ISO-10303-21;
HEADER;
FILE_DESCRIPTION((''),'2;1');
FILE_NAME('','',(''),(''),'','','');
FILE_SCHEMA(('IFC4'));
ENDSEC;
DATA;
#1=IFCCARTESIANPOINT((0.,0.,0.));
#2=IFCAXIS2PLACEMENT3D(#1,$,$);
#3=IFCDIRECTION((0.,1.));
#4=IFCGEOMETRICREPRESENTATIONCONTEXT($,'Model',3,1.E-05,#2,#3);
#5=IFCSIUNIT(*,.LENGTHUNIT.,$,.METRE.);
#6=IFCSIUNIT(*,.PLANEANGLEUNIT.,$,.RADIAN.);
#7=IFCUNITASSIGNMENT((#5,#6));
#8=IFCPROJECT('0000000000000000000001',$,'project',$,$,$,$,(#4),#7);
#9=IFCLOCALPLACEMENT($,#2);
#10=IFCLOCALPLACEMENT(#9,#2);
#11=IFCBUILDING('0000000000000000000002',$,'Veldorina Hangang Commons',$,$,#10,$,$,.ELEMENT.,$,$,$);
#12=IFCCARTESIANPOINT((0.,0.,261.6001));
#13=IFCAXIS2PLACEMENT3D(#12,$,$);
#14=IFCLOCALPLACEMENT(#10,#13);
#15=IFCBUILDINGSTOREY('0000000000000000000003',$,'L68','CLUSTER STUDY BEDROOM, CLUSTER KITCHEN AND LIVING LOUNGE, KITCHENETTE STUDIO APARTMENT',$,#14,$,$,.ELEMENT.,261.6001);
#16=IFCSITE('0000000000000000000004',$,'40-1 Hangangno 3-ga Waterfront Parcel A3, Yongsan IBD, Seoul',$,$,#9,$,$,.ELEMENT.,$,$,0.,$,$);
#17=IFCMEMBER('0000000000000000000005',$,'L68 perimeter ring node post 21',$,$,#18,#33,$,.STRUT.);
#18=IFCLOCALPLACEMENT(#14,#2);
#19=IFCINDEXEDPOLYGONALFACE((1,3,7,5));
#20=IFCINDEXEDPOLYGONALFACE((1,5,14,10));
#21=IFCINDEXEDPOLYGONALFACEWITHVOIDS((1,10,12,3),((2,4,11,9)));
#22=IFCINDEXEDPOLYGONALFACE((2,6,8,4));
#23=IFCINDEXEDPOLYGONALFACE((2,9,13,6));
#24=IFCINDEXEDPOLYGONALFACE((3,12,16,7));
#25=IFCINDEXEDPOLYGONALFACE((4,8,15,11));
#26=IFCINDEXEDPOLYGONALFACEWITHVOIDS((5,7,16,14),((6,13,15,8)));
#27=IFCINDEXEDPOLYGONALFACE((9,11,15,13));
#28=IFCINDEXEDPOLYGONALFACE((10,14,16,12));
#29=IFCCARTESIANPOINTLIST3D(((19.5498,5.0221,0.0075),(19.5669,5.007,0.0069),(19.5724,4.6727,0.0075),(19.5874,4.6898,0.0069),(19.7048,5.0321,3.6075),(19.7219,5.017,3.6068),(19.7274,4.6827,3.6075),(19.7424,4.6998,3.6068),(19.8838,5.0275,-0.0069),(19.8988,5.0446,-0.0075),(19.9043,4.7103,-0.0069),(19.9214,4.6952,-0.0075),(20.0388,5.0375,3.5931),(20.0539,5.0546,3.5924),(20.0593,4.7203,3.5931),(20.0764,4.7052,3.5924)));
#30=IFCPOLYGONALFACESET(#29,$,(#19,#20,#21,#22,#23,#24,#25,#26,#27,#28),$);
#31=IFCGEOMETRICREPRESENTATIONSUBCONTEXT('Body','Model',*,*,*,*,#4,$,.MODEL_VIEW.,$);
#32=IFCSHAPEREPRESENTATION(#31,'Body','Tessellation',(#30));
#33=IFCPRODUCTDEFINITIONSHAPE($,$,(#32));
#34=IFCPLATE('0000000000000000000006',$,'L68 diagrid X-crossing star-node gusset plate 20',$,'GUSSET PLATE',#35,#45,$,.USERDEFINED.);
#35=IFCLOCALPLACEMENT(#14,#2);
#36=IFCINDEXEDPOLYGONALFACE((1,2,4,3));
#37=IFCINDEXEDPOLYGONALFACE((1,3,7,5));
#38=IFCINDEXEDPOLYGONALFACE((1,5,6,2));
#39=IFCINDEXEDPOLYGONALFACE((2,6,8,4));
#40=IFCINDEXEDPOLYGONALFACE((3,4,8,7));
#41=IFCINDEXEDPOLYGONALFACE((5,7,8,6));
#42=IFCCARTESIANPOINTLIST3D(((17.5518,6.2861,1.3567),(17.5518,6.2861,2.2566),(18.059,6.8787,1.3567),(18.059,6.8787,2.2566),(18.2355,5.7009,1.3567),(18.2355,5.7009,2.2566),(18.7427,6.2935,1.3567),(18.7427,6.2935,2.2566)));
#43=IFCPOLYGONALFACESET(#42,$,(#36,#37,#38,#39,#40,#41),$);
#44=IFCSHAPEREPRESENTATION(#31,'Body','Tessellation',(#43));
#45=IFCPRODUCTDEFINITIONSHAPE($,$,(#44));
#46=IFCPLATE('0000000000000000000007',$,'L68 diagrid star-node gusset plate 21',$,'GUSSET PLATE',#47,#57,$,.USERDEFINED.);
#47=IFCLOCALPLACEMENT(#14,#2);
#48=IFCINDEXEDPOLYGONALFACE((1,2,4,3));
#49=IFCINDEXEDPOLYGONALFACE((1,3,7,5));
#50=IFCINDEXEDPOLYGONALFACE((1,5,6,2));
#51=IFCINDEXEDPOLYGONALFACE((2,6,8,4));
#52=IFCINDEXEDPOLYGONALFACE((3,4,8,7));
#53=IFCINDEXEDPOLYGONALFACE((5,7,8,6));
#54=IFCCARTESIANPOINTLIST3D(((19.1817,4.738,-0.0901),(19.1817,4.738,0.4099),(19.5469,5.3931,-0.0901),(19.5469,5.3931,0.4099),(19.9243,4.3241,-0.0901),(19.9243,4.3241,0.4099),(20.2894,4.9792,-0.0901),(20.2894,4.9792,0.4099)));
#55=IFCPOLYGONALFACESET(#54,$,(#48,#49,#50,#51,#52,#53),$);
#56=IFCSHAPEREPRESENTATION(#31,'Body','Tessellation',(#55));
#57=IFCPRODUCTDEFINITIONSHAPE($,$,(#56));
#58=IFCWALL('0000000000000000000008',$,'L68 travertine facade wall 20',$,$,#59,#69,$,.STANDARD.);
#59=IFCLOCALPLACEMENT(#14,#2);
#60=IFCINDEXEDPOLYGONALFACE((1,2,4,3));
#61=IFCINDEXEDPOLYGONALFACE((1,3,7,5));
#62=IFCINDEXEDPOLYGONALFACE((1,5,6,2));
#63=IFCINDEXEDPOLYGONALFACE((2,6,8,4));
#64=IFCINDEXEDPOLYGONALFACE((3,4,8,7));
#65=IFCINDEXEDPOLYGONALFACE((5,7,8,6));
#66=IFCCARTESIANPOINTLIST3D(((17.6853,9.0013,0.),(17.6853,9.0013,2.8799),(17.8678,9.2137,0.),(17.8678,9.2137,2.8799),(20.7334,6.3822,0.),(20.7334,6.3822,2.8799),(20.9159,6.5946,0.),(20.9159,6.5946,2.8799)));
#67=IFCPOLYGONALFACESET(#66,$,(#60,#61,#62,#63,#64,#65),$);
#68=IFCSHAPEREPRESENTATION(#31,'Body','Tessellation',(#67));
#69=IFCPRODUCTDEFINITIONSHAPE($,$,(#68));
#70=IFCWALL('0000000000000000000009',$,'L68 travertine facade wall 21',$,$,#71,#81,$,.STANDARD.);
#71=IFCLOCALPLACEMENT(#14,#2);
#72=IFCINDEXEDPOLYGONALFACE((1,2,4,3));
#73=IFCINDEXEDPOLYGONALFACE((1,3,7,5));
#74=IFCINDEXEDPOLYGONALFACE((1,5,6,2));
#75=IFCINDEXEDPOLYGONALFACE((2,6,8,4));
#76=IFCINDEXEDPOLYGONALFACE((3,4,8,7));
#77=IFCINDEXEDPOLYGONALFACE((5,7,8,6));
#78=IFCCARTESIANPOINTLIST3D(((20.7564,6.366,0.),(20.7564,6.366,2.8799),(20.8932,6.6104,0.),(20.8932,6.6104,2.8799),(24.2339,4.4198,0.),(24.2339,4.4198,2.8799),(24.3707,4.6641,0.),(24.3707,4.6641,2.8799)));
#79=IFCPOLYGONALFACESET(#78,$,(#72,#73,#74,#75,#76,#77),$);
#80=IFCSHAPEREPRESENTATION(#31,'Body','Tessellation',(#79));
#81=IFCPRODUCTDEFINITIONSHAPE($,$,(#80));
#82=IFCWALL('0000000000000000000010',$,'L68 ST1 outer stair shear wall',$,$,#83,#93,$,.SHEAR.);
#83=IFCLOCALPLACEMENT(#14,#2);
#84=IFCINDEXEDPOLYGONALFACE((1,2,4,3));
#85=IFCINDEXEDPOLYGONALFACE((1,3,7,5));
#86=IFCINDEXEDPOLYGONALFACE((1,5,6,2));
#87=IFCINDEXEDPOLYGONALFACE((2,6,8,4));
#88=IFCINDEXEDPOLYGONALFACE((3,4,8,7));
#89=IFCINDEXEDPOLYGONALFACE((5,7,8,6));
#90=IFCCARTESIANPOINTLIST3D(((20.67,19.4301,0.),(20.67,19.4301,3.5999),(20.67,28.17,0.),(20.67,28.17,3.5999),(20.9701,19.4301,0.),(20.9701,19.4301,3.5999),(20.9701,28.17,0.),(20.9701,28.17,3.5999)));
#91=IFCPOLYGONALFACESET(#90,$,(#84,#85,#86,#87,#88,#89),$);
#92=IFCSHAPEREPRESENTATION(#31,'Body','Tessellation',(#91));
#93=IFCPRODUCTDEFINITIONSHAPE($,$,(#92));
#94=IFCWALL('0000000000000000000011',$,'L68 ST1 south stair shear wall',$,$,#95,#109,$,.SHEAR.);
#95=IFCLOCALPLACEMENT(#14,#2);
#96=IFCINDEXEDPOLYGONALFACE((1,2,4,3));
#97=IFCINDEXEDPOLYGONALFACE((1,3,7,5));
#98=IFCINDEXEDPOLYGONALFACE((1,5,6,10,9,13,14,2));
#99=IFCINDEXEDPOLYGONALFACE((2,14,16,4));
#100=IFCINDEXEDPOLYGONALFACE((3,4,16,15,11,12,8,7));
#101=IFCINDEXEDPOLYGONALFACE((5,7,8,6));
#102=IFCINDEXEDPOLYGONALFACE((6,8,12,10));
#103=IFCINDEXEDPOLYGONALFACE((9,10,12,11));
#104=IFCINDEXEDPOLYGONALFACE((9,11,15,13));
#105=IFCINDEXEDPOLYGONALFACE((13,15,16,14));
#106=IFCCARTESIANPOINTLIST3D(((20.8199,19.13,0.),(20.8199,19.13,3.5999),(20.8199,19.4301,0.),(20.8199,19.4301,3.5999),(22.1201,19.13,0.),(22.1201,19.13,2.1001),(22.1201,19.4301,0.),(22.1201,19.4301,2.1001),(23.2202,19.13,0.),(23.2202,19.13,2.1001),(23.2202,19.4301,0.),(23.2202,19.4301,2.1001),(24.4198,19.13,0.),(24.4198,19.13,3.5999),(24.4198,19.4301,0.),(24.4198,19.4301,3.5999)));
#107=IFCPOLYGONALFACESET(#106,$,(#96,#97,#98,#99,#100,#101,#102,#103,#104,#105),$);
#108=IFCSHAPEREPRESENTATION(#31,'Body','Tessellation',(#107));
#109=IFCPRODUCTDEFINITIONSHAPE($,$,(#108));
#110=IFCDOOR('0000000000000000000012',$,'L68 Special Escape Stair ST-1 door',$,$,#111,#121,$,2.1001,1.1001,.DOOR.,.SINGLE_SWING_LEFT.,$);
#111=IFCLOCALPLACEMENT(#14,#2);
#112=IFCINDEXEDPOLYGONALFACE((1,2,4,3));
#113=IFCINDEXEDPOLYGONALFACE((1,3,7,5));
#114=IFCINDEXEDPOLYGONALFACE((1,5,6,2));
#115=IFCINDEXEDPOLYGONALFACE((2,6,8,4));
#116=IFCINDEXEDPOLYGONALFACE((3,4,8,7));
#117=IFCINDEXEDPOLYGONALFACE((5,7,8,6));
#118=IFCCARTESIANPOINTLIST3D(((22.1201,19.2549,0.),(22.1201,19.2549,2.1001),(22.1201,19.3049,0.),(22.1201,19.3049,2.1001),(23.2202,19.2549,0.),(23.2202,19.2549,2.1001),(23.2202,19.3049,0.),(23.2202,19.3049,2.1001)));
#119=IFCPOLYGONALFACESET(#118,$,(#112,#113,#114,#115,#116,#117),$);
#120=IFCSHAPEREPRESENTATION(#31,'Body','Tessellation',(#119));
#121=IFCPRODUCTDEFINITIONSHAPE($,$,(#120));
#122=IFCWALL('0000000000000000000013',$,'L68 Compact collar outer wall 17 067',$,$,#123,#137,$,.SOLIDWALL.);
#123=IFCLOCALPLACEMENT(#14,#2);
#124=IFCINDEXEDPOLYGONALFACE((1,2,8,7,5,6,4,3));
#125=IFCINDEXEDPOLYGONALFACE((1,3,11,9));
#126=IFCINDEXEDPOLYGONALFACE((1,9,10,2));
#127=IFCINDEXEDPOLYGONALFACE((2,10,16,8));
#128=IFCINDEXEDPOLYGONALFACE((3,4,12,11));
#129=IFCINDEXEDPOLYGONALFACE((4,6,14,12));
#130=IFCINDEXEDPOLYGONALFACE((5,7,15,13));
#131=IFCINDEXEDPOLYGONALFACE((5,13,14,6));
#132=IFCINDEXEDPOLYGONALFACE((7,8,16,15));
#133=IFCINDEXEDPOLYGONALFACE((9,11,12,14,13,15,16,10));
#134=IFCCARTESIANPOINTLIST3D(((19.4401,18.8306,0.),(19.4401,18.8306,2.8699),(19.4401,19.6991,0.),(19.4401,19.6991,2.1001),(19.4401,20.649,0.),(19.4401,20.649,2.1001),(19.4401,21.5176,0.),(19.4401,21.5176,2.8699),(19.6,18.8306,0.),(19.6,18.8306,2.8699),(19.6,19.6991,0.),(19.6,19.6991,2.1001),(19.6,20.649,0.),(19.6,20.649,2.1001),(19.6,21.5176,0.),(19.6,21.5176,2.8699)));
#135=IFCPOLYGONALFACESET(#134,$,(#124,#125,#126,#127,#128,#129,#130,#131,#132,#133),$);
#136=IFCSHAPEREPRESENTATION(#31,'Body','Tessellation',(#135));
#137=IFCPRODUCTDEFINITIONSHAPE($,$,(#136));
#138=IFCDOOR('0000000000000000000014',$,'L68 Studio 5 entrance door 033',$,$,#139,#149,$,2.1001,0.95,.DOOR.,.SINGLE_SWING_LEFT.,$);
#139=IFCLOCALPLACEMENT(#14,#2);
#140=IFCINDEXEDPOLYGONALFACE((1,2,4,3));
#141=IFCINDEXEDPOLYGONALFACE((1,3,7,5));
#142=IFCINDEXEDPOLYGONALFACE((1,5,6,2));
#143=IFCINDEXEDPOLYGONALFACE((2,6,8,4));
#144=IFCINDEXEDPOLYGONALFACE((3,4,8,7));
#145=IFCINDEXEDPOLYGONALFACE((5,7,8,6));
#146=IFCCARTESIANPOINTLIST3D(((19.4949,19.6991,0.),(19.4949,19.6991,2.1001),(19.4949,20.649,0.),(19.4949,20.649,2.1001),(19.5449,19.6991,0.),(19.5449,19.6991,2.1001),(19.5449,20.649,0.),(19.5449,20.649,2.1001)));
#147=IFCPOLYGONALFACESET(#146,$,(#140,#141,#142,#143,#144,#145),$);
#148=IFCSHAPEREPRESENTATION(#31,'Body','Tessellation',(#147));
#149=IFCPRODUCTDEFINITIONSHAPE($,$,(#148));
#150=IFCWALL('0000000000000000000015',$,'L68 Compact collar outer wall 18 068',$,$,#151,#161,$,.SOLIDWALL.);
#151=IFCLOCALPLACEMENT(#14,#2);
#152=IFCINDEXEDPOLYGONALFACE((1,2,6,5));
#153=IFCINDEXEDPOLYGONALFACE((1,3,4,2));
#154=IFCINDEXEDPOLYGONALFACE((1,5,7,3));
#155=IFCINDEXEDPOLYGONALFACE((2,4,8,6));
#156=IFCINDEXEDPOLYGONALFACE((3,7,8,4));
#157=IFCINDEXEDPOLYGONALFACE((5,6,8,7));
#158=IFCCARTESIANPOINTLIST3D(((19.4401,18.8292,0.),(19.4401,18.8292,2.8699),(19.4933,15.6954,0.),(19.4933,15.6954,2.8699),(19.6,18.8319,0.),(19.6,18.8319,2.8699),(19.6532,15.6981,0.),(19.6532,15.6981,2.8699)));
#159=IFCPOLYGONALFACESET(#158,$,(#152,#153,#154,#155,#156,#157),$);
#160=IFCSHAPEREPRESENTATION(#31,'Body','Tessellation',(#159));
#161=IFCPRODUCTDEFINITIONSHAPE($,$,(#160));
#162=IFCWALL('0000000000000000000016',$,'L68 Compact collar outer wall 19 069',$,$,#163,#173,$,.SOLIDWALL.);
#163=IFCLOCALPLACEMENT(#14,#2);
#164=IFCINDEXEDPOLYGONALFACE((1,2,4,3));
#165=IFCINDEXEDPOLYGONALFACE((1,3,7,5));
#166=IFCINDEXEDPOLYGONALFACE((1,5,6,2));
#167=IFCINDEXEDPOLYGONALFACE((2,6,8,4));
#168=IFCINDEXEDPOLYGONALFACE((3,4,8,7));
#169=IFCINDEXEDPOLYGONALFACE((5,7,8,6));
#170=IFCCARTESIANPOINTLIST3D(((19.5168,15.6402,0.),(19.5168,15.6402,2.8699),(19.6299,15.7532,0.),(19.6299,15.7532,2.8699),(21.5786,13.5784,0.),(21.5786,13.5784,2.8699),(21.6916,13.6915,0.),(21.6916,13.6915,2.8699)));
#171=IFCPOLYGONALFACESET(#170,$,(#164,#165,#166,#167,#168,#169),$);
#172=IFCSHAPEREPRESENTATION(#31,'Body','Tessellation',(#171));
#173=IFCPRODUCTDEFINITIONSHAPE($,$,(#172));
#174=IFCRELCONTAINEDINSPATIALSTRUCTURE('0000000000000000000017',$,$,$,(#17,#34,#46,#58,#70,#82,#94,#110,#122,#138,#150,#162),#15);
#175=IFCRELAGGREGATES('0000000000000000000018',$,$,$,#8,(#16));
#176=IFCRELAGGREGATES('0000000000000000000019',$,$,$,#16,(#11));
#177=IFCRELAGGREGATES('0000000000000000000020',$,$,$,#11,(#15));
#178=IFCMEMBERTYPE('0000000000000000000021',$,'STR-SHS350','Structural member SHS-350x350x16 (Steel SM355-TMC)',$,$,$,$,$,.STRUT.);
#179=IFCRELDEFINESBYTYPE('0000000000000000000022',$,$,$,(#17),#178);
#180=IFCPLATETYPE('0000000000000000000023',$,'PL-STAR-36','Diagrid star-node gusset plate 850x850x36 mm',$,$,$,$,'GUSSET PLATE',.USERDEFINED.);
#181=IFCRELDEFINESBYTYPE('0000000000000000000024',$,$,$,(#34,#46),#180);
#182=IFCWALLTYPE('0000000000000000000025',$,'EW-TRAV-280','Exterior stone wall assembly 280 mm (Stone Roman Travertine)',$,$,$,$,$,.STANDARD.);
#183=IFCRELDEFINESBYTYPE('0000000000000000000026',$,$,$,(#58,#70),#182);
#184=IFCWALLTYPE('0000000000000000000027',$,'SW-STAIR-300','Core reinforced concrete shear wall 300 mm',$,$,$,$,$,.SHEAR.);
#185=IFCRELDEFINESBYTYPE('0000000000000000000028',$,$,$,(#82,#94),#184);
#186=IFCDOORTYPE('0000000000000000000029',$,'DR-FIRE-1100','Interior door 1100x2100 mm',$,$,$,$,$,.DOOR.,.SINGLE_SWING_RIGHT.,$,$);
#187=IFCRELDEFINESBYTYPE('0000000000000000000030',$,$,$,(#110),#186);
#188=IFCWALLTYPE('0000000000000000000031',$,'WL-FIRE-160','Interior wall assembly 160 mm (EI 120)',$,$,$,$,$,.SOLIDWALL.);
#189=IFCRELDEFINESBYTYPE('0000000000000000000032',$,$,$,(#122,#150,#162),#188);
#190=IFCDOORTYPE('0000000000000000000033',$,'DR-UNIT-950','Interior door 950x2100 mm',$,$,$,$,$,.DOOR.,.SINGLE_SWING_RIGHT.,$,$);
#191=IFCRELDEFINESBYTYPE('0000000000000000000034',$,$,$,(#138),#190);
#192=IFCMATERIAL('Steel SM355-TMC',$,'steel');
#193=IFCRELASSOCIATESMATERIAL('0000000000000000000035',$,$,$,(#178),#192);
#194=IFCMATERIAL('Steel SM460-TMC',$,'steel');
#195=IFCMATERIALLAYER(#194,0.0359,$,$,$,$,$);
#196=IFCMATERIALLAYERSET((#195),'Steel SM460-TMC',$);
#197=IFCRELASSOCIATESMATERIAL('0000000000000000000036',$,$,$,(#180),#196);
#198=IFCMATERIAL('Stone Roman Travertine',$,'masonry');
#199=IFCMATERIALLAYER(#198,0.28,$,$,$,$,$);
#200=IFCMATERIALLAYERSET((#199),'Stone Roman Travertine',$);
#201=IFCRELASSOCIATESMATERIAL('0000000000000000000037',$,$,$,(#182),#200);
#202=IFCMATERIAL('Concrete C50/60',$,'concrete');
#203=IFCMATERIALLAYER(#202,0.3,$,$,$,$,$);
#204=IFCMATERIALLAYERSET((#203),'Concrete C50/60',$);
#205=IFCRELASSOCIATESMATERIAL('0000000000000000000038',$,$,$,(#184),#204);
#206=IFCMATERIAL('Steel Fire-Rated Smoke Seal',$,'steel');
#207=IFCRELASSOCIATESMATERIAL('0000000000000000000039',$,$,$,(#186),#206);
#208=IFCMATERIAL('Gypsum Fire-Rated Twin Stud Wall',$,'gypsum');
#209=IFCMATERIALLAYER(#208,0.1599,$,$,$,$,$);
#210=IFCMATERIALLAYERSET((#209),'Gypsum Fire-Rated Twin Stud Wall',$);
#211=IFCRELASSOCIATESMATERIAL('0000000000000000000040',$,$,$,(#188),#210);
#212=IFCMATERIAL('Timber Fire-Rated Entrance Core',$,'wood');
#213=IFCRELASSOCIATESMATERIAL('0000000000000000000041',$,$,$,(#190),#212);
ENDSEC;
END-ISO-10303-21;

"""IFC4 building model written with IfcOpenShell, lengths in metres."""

from ifc_helpers import new_model, si_unit, direction, frame, frame_2d, origin, origin_2d, place, context, subcontext, project, spatial, rectangle, hollow_rectangle, extrude, material, layer, layer_set, material_profile, profile_set, type_object, element, fill, save


model = new_model("IFC4")

# Units and contexts
model_context = context("Model", 3, precision=1e-05, world=origin(), true_north=direction((0.0, 1.0)))
body_context = subcontext(model_context, "Body", "Model", "MODEL_VIEW")
ifc_project = project(units=[si_unit("LENGTHUNIT", "METRE"), si_unit("PLANEANGLEUNIT", "RADIAN")], contexts=[model_context])

# Site, building, storey
site_placement = place(None, origin())
site = spatial("IfcSite", under=ifc_project, at=site_placement, Name="40-1 Hangangno 3-ga Waterfront Parcel A3, Yongsan IBD, Seoul", CompositionType="ELEMENT", RefElevation=0.0)
building_placement = place(site_placement, origin())
building = spatial("IfcBuilding", under=site, at=building_placement, Name="Veldorina Hangang Commons", CompositionType="ELEMENT")
storey_placement = place(building_placement, frame((0.0, 0.0, 261.6001)))
storey = spatial("IfcBuildingStorey", under=building, at=storey_placement, Name="L68", Description="CLUSTER STUDY BEDROOM, CLUSTER KITCHEN AND LIVING LOUNGE, KITCHENETTE STUDIO APARTMENT", CompositionType="ELEMENT", Elevation=261.6001)

# Shared definitions
ifc_material_1 = material(Name="Steel SM355-TMC", Category="steel")

# Member
ifc_material_profile_1 = material_profile(ifc_material_1, hollow_rectangle(XDim=0.3501, YDim=0.3501, WallThickness=0.0161, at=origin_2d()), Name="SHS-350x350x16")
ifc_profile_set_1 = profile_set([ifc_material_profile_1], Name="Steel SM355-TMC")
member_type_1 = type_object("IfcMemberType", Name="STR-SHS350", Description="Structural member SHS-350x350x16 (Steel SM355-TMC)", PredefinedType="STRUT", material=ifc_profile_set_1)
member_1_placement = place(storey_placement, frame((19.7356, 4.8586, 0.0), z_axis=(0.043025, 0.002778, 0.99907), x_axis=(-0.064433, 0.997922, 0.0)))
element("IfcMember", 1, at=member_1_placement, inside=storey, type_object=member_type_1, Name="L68 perimeter ring node post 21", PredefinedType="STRUT", context=body_context, shape_type="SweptSolid", body=[
    extrude(hollow_rectangle(XDim=0.3501, YDim=0.3501, WallThickness=0.0161, at=origin_2d()), origin(), (0.0, 0.0, 1.0), 3.6033),
])

# Plates
ifc_material_2 = material(Name="Steel SM460-TMC", Category="steel")
ifc_layer_1 = layer(ifc_material_2, 0.0359)
ifc_layer_set_1 = layer_set([ifc_layer_1], Name="Steel SM460-TMC")
plate_type = type_object("IfcPlateType", Name="PL-STAR-36", Description="Diagrid star-node gusset plate 850x850x36 mm", ElementType="GUSSET PLATE", PredefinedType="USERDEFINED", material=ifc_layer_set_1)
plate_1_placement = place(storey_placement, frame((18.1472, 6.2898, 1.3567), z_axis=(0.0, 0.0, 1.0), x_axis=(0.759737, -0.650231, 0.0)))
element("IfcPlate", 2, at=plate_1_placement, inside=storey, type_object=plate_type, Name="L68 diagrid X-crossing star-node gusset plate 20", ObjectType="GUSSET PLATE", PredefinedType="USERDEFINED", context=body_context, shape_type="SweptSolid", body=[
    extrude(rectangle(XDim=0.8999, YDim=0.78, at=origin_2d()), origin(), (0.0, 0.0, 1.0), 0.8999),
])
plate_2_placement = place(storey_placement, frame((19.7356, 4.8586, -0.0901), z_axis=(0.0, 0.0, 1.0), x_axis=(0.873466, -0.486884, 0.0)))
element("IfcPlate", 3, at=plate_2_placement, inside=storey, type_object=plate_type, Name="L68 diagrid star-node gusset plate 21", ObjectType="GUSSET PLATE", PredefinedType="USERDEFINED", context=body_context, shape_type="SweptSolid", body=[
    extrude(rectangle(XDim=0.8501, YDim=0.75, at=origin_2d()), origin(), (0.0, 0.0, 1.0), 0.5),
])

# Walls
ifc_material_3 = material(Name="Stone Roman Travertine", Category="masonry")
ifc_layer_2 = layer(ifc_material_3, 0.28)
ifc_layer_set_2 = layer_set([ifc_layer_2], Name="Stone Roman Travertine")
wall_type_1 = type_object("IfcWallType", Name="EW-TRAV-280", Description="Exterior stone wall assembly 280 mm (Stone Roman Travertine)", PredefinedType="STANDARD", material=ifc_layer_set_2)
wall_1_placement = place(storey_placement, frame((17.7766, 9.1074, 0.0), z_axis=(0.0, 0.0, 1.0), x_axis=(0.758458, -0.651721, 0.0)))
element("IfcWall", 4, at=wall_1_placement, inside=storey, type_object=wall_type_1, Name="L68 travertine facade wall 20", PredefinedType="STANDARD", context=body_context, shape_type="SweptSolid", body=[
    extrude(rectangle(XDim=4.0188, YDim=0.28, at=frame_2d((2.0093, 0.0))), origin(), (0.0, 0.0, 1.0), 2.8799),
])
wall_2_placement = place(storey_placement, frame((20.8247, 6.4883, 0.0), z_axis=(0.0, 0.0, 1.0), x_axis=(0.872627, -0.488387, 0.0)))
element("IfcWall", 5, at=wall_2_placement, inside=storey, type_object=wall_type_1, Name="L68 travertine facade wall 21", PredefinedType="STANDARD", context=body_context, shape_type="SweptSolid", body=[
    extrude(rectangle(XDim=3.9851, YDim=0.28, at=frame_2d((1.9927, 0.0))), origin(), (0.0, 0.0, 1.0), 2.8799),
])
ifc_material_4 = material(Name="Concrete C50/60", Category="concrete")
ifc_layer_3 = layer(ifc_material_4, 0.3)
ifc_layer_set_3 = layer_set([ifc_layer_3], Name="Concrete C50/60")
wall_type_2 = type_object("IfcWallType", Name="SW-STAIR-300", Description="Core reinforced concrete shear wall 300 mm", PredefinedType="SHEAR", material=ifc_layer_set_3)
wall_3_placement = place(storey_placement, frame((20.8201, 19.4299, 0.0), z_axis=(0.0, 0.0, 1.0), x_axis=(0.0, 1.0, 0.0)))
element("IfcWall", 6, at=wall_3_placement, inside=storey, type_object=wall_type_2, Name="L68 ST1 outer stair shear wall", PredefinedType="SHEAR", context=body_context, shape_type="SweptSolid", body=[
    extrude(rectangle(XDim=8.74, YDim=0.3, at=frame_2d((4.3701, 0.0))), origin(), (0.0, 0.0, 1.0), 3.5999),
])

# Walls, openings, doors
wall_4_placement = place(storey_placement, frame((20.8201, 19.28, 0.0), z_axis=(0.0, 0.0, 1.0), x_axis=(1.0, 0.0, 0.0)))
wall_4 = element("IfcWall", 7, at=wall_4_placement, inside=storey, type_object=wall_type_2, Name="L68 ST1 south stair shear wall", PredefinedType="SHEAR", context=body_context, shape_type="SweptSolid", body=[
    extrude(rectangle(XDim=3.5999, YDim=0.3, at=frame_2d((1.7998, 0.0))), origin(), (0.0, 0.0, 1.0), 3.5999),
])
opening_1_placement = place(wall_4_placement, frame((1.3, 0.0, 0.0)))
opening_1 = element("IfcOpeningElement", 8, at=opening_1_placement, cuts=wall_4, PredefinedType="OPENING", context=body_context, shape_type="SweptSolid", body=[
    extrude(rectangle(XDim=1.1001, YDim=2.1001, at=frame_2d((0.55, 1.05))), frame((0.0, 0.1602, 0.0), z_axis=(0.0, -1.0, 0.0), x_axis=(1.0, 0.0, 0.0)), (0.0, 0.0, 1.0), 0.3201),
])
ifc_material_5 = material(Name="Steel Fire-Rated Smoke Seal", Category="steel")
door_type_1 = type_object("IfcDoorType", Name="DR-FIRE-1100", Description="Interior door 1100x2100 mm", OperationType="SINGLE_SWING_RIGHT", PredefinedType="DOOR", material=ifc_material_5)
door_1_placement = place(opening_1_placement, origin())
door_1 = element("IfcDoor", 9, at=door_1_placement, inside=storey, type_object=door_type_1, Name="L68 Special Escape Stair ST-1 door", OperationType="SINGLE_SWING_LEFT", OverallHeight=2.1001, OverallWidth=1.1001, PredefinedType="DOOR", context=body_context, shape_type="SweptSolid", body=[
    extrude(rectangle(XDim=1.1001, YDim=2.1001, at=frame_2d((0.55, 1.05))), frame((0.0, 0.0249, 0.0), z_axis=(0.0, -1.0, 0.0), x_axis=(1.0, 0.0, 0.0)), (0.0, 0.0, 1.0), 0.05),
])
fill(opening_1, door_1)
ifc_material_6 = material(Name="Gypsum Fire-Rated Twin Stud Wall", Category="gypsum")
ifc_layer_4 = layer(ifc_material_6, 0.1599)
ifc_layer_set_4 = layer_set([ifc_layer_4], Name="Gypsum Fire-Rated Twin Stud Wall")
wall_type_3 = type_object("IfcWallType", Name="WL-FIRE-160", Description="Interior wall assembly 160 mm (EI 120)", PredefinedType="SOLIDWALL", material=ifc_layer_set_4)
wall_5_placement = place(storey_placement, frame((19.52, 21.5176, 0.0), z_axis=(0.0, 0.0, 1.0), x_axis=(0.0, -1.0, 0.0)))
wall_5 = element("IfcWall", 10, at=wall_5_placement, inside=storey, type_object=wall_type_3, Name="L68 Compact collar outer wall 17 067", PredefinedType="SOLIDWALL", context=body_context, shape_type="SweptSolid", body=[
    extrude(rectangle(XDim=2.687, YDim=0.1599, at=frame_2d((1.3435, 0.0))), origin(), (0.0, 0.0, 1.0), 2.8699),
])
opening_2_placement = place(wall_5_placement, frame((0.8684, 0.0, 0.0)))
opening_2 = element("IfcOpeningElement", 11, at=opening_2_placement, cuts=wall_5, PredefinedType="OPENING", context=body_context, shape_type="SweptSolid", body=[
    extrude(rectangle(XDim=0.95, YDim=2.1001, at=frame_2d((0.4751, 1.05))), frame((0.0, 0.0898, 0.0), z_axis=(0.0, -1.0, 0.0), x_axis=(1.0, 0.0, 0.0)), (0.0, 0.0, 1.0), 0.1799),
])
ifc_material_7 = material(Name="Timber Fire-Rated Entrance Core", Category="wood")
door_type_2 = type_object("IfcDoorType", Name="DR-UNIT-950", Description="Interior door 950x2100 mm", OperationType="SINGLE_SWING_RIGHT", PredefinedType="DOOR", material=ifc_material_7)
door_2_placement = place(opening_2_placement, origin())
door_2 = element("IfcDoor", 12, at=door_2_placement, inside=storey, type_object=door_type_2, Name="L68 Studio 5 entrance door 033", OperationType="SINGLE_SWING_LEFT", OverallHeight=2.1001, OverallWidth=0.95, PredefinedType="DOOR", context=body_context, shape_type="SweptSolid", body=[
    extrude(rectangle(XDim=0.95, YDim=2.1001, at=frame_2d((0.4751, 1.05))), frame((0.0, 0.0249, 0.0), z_axis=(0.0, -1.0, 0.0), x_axis=(1.0, 0.0, 0.0)), (0.0, 0.0, 1.0), 0.05),
])
fill(opening_2, door_2)

# Walls
wall_6_placement = place(storey_placement, frame((19.52, 18.8306, 0.0), z_axis=(0.0, 0.0, 1.0), x_axis=(0.016981, -0.999856, 0.0)))
element("IfcWall", 13, at=wall_6_placement, inside=storey, type_object=wall_type_3, Name="L68 Compact collar outer wall 18 068", PredefinedType="SOLIDWALL", context=body_context, shape_type="SweptSolid", body=[
    extrude(rectangle(XDim=3.1343, YDim=0.1599, at=frame_2d((1.5671, 0.0))), origin(), (0.0, 0.0, 1.0), 2.8699),
])
wall_7_placement = place(storey_placement, frame((19.5732, 15.6968, 0.0), z_axis=(0.0, 0.0, 1.0), x_axis=(0.707107, -0.707107, 0.0)))
element("IfcWall", 14, at=wall_7_placement, inside=storey, type_object=wall_type_3, Name="L68 Compact collar outer wall 19 069", PredefinedType="SOLIDWALL", context=body_context, shape_type="SweptSolid", body=[
    extrude(rectangle(XDim=2.9158, YDim=0.1599, at=frame_2d((1.458, 0.0))), origin(), (0.0, 0.0, 1.0), 2.8699),
])

save(model, "model.ifc")
